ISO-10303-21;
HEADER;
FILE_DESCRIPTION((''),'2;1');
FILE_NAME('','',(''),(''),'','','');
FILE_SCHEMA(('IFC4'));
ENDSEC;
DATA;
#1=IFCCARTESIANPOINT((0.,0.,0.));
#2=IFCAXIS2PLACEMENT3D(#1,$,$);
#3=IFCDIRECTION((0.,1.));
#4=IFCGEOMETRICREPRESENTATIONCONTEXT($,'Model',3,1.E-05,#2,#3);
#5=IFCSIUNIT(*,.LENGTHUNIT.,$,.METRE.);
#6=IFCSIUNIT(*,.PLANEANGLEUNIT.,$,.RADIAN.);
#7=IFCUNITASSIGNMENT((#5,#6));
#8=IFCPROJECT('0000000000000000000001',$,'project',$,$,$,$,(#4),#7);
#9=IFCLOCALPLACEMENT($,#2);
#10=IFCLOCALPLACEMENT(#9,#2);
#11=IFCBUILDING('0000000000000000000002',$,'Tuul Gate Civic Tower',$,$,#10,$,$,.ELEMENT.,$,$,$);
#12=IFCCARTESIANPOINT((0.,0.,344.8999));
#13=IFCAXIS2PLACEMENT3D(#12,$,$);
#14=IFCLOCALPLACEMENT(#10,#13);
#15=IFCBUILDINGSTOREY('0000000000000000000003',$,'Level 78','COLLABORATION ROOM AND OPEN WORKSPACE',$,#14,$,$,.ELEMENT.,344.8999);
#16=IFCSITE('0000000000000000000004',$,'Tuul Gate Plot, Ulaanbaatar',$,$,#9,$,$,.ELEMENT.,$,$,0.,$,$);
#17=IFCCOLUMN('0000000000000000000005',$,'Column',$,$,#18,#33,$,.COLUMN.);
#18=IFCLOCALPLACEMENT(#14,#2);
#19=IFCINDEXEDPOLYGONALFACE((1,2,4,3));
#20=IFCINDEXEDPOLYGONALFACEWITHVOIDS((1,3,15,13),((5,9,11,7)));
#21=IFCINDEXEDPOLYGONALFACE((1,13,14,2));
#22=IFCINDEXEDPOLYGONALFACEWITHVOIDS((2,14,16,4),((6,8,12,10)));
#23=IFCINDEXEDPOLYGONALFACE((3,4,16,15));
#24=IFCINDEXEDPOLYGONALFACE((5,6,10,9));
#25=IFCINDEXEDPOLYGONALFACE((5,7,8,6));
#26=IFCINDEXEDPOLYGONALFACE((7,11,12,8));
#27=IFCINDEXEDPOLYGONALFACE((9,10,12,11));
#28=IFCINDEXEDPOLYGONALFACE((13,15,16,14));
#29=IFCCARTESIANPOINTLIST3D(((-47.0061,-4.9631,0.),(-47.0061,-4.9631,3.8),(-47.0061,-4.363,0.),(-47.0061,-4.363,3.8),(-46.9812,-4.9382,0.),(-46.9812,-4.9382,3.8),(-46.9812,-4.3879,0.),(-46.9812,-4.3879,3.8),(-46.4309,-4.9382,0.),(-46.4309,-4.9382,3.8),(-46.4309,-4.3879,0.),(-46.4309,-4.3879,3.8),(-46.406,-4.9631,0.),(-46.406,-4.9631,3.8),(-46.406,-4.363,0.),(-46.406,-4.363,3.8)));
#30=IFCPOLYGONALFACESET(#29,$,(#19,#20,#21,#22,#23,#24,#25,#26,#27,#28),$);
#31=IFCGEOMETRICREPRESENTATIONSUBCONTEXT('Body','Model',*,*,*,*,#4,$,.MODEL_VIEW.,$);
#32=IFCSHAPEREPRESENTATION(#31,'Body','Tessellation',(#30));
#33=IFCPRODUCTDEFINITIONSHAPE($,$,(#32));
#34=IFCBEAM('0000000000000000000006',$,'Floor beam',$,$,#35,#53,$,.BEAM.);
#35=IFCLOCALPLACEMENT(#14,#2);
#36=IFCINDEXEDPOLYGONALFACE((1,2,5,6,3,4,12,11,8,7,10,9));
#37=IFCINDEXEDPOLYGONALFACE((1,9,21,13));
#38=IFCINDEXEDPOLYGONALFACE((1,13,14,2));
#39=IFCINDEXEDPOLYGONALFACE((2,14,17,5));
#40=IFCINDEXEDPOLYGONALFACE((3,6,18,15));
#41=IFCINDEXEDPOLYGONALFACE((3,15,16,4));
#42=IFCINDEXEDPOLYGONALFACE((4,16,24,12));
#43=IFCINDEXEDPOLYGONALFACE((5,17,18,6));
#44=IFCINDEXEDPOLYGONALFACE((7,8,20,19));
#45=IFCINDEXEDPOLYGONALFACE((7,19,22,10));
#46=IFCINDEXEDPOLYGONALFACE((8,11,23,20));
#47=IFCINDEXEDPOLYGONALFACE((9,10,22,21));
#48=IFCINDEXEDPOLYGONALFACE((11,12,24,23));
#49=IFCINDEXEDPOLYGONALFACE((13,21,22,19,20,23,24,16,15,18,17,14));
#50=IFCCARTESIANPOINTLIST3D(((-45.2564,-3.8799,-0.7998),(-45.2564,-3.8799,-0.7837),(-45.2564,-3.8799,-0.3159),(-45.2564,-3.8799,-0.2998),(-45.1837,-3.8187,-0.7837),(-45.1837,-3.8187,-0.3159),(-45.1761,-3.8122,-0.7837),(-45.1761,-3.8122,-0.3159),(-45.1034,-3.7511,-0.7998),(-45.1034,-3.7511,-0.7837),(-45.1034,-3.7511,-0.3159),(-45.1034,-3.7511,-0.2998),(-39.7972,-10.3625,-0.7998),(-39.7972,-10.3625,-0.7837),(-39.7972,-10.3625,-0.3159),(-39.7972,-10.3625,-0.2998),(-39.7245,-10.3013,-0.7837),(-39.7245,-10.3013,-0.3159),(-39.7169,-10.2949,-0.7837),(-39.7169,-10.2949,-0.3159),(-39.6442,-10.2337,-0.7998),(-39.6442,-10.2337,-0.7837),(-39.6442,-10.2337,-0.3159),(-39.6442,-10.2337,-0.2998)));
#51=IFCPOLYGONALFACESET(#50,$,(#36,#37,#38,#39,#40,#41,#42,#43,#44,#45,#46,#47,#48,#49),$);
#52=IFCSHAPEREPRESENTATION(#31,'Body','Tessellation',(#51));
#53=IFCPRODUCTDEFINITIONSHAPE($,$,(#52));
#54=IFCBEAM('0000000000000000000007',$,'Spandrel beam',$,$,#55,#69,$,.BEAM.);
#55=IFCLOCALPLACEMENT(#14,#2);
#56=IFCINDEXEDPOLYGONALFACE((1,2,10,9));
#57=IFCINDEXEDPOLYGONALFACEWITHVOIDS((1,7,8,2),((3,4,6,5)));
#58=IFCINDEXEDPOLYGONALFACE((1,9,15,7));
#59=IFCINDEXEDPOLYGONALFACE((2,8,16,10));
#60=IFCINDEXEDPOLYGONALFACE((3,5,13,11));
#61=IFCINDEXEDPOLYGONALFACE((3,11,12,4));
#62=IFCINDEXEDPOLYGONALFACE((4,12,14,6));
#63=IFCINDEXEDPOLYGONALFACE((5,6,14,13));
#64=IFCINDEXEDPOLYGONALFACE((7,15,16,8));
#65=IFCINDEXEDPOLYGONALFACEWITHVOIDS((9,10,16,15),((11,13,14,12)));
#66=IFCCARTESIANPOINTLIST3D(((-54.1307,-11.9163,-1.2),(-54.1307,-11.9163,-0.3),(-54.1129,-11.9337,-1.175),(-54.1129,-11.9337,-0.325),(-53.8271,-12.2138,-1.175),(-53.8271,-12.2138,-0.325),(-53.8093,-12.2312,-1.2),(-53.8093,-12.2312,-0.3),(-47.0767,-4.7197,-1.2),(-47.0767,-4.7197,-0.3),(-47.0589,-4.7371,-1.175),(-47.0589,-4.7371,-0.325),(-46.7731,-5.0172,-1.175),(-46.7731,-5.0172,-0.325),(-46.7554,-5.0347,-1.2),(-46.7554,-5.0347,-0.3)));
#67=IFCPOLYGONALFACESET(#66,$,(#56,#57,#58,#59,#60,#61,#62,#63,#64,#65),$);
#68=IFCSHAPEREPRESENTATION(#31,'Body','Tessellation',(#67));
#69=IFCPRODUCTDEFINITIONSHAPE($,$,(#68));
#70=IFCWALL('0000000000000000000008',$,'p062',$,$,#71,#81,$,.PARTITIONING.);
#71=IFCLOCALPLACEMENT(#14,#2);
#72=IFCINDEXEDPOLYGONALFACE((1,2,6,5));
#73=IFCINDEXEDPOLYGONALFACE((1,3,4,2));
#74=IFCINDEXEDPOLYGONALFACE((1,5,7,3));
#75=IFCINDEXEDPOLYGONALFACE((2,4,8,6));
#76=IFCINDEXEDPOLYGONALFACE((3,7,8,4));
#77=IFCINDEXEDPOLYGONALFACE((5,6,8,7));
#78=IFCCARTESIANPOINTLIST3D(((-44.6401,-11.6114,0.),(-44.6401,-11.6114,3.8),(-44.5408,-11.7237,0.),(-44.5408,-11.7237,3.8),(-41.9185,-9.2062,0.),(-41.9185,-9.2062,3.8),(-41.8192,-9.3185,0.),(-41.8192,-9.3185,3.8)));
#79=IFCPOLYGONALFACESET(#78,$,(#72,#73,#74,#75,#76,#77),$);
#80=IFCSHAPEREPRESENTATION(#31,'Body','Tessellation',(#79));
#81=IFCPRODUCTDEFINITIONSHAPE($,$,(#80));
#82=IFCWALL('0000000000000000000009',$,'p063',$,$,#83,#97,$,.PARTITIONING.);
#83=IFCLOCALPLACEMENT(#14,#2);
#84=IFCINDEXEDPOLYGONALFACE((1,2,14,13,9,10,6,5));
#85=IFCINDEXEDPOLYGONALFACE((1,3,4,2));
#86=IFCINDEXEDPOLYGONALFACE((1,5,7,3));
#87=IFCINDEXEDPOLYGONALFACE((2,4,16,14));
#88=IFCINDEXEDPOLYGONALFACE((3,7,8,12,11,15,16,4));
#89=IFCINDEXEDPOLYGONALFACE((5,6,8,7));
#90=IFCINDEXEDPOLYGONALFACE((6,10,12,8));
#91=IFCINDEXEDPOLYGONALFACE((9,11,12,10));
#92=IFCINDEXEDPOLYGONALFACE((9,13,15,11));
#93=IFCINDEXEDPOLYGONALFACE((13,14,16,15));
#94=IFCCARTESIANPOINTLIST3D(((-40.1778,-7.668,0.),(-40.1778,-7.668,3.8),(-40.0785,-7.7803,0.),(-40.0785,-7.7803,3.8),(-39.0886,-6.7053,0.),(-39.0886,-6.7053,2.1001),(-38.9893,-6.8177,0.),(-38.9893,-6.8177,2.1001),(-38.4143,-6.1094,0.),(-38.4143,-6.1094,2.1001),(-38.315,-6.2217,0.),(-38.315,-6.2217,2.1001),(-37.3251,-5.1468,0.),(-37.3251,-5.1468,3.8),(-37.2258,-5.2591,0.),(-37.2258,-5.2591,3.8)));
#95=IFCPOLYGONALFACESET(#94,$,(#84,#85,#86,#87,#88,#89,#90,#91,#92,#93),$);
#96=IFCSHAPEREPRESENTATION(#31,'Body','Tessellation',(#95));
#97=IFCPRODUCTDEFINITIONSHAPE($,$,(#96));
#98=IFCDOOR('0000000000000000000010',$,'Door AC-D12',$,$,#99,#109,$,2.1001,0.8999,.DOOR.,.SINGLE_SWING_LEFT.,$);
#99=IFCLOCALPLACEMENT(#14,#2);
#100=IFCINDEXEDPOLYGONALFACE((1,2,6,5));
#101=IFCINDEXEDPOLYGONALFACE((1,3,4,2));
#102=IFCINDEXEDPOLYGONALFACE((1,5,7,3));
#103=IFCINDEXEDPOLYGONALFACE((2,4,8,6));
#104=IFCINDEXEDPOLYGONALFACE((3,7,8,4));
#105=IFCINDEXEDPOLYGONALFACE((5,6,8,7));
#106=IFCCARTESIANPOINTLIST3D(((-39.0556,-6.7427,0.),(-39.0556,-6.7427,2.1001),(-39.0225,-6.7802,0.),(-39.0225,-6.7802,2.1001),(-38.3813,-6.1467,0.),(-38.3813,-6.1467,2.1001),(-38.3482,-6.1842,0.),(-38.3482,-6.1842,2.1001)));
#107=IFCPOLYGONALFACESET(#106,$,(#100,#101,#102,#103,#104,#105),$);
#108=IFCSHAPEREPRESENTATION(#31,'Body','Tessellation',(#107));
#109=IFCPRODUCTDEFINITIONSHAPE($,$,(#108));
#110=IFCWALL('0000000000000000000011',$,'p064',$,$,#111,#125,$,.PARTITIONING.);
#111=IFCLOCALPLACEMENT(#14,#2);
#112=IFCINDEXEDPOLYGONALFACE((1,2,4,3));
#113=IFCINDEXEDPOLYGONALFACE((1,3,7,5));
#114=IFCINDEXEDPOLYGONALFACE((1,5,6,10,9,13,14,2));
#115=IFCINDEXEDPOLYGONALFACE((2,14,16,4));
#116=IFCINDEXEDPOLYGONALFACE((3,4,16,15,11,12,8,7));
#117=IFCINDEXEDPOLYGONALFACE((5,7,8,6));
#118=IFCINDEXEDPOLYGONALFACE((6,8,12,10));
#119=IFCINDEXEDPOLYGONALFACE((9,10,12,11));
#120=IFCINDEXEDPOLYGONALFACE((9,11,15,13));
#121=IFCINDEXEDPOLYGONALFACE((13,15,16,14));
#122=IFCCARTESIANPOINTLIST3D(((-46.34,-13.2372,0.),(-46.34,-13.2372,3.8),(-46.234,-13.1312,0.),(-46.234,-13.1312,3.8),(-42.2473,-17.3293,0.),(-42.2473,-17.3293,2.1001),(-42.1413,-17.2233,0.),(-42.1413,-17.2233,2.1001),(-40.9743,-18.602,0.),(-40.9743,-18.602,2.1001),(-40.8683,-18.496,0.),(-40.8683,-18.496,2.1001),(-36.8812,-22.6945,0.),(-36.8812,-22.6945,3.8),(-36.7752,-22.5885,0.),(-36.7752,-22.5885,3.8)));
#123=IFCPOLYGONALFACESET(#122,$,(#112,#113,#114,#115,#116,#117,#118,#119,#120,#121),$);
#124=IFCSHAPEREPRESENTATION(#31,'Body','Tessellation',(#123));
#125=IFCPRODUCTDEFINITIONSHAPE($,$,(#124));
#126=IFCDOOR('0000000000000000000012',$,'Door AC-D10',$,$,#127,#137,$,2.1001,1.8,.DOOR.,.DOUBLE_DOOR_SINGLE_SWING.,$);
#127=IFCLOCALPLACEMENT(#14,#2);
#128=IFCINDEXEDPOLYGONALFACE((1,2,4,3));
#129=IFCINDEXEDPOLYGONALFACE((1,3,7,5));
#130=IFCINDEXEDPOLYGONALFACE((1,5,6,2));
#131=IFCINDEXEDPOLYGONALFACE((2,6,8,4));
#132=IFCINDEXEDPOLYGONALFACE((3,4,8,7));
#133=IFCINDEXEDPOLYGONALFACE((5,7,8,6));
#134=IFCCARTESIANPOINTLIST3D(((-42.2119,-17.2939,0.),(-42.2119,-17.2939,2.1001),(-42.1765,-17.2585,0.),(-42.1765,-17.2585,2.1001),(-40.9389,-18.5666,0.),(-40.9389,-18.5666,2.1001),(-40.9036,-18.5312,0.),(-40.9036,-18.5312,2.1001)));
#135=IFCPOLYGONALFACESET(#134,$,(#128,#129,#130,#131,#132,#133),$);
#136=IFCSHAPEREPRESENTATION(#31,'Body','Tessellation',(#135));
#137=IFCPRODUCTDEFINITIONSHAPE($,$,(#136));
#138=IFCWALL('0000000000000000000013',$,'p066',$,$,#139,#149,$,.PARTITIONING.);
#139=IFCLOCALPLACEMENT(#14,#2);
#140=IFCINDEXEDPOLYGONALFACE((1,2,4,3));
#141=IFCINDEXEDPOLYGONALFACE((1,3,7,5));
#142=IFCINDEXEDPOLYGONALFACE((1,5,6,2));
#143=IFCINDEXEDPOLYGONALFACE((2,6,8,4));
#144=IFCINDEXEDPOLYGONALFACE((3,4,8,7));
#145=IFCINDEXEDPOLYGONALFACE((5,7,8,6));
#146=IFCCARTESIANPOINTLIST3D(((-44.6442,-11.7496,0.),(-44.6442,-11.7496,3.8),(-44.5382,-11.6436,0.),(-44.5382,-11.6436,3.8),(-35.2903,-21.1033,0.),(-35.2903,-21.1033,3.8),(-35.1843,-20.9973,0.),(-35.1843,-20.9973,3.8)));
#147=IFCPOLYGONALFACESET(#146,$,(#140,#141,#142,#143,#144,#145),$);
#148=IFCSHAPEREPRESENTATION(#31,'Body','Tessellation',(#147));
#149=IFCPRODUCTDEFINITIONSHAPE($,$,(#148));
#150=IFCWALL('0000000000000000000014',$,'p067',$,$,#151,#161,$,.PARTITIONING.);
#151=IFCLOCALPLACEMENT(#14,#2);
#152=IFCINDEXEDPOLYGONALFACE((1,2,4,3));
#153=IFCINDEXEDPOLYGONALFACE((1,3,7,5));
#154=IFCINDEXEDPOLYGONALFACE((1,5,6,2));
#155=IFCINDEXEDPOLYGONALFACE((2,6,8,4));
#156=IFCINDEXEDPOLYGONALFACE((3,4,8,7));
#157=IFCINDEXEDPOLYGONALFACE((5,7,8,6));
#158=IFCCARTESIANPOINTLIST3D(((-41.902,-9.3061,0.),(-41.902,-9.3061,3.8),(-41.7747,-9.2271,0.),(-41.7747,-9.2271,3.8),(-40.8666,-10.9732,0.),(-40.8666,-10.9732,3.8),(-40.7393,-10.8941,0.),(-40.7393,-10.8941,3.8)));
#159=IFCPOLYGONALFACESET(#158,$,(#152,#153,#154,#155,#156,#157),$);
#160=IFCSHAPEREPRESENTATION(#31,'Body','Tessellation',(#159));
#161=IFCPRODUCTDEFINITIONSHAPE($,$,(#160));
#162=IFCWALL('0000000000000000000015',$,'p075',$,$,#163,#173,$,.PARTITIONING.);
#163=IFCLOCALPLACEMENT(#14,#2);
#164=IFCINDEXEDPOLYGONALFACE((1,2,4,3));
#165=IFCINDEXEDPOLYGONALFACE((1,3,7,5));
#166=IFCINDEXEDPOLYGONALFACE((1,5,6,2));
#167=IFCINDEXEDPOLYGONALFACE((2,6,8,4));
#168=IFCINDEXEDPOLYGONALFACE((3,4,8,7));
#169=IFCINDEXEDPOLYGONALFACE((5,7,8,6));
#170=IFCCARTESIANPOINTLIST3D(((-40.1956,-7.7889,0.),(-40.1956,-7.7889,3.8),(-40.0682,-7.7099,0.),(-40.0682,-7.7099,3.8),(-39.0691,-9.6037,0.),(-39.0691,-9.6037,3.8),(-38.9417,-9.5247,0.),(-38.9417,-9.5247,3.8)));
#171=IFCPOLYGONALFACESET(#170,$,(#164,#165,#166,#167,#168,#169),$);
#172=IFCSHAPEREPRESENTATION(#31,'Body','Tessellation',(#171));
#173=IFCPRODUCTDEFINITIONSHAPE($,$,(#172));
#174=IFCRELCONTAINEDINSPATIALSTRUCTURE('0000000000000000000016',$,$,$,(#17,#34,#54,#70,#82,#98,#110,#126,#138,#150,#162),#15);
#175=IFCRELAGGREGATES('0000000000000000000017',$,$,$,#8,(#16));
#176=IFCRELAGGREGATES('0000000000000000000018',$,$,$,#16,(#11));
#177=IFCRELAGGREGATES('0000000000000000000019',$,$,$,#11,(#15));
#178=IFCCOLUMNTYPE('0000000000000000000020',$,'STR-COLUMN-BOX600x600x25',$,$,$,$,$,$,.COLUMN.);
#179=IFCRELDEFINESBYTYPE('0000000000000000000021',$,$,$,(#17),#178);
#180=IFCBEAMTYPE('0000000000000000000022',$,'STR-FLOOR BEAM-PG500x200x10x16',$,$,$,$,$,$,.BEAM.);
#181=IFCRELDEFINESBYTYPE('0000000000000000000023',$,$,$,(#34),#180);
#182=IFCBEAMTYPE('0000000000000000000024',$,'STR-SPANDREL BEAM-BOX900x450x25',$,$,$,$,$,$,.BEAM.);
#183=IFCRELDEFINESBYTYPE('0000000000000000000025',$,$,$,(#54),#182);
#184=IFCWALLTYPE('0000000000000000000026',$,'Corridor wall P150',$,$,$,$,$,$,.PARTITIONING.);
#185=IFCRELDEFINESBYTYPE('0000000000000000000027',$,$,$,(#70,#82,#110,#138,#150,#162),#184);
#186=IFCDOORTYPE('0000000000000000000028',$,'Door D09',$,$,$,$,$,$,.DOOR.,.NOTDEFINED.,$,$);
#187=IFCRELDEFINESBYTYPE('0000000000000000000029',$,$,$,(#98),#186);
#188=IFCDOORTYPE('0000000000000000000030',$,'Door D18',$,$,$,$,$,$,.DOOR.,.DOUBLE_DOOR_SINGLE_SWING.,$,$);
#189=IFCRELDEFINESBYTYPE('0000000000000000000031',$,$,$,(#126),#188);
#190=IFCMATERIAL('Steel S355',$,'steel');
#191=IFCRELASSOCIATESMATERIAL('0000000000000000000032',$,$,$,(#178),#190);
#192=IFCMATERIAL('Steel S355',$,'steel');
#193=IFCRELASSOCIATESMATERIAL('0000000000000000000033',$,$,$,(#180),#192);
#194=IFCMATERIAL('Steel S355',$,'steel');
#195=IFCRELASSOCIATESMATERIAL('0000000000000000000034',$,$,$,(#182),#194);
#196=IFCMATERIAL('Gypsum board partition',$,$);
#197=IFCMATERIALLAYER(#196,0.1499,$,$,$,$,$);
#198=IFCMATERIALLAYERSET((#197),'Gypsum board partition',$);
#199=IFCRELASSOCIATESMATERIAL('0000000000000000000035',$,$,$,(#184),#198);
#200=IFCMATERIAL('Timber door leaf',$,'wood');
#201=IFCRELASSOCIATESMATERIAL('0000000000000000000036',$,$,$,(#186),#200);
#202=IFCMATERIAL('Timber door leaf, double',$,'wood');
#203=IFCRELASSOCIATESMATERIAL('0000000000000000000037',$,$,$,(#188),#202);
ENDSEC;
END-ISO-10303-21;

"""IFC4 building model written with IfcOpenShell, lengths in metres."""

from ifc_helpers import new_model, si_unit, direction, frame, frame_2d, origin, origin_2d, place, context, subcontext, project, spatial, rectangle, hollow_rectangle, i_section, extrude, material, layer, layer_set, material_profile, profile_set, type_object, element, fill, save


model = new_model("IFC4")

# Units and contexts
model_context = context("Model", 3, precision=1e-05, world=origin(), true_north=direction((0.0, 1.0)))
body_context = subcontext(model_context, "Body", "Model", "MODEL_VIEW")
ifc_project = project(units=[si_unit("LENGTHUNIT", "METRE"), si_unit("PLANEANGLEUNIT", "RADIAN")], contexts=[model_context])

# Site, building, storey
site_placement = place(None, origin())
site = spatial("IfcSite", under=ifc_project, at=site_placement, Name="Tuul Gate Plot, Ulaanbaatar", CompositionType="ELEMENT", RefElevation=0.0)
building_placement = place(site_placement, origin())
building = spatial("IfcBuilding", under=site, at=building_placement, Name="Tuul Gate Civic Tower", CompositionType="ELEMENT")
storey_placement = place(building_placement, frame((0.0, 0.0, 344.8999)))
storey = spatial("IfcBuildingStorey", under=building, at=storey_placement, Name="Level 78", Description="COLLABORATION ROOM AND OPEN WORKSPACE", CompositionType="ELEMENT", Elevation=344.8999)

# Column
ifc_material_1 = material(Name="Steel S355", Category="steel")
ifc_material_profile_1 = material_profile(ifc_material_1, hollow_rectangle(XDim=0.6001, YDim=0.6001, WallThickness=0.0249, at=origin_2d()), Name="BOX600x600x25")
ifc_profile_set_1 = profile_set([ifc_material_profile_1], Name="Steel S355")
column_type = type_object("IfcColumnType", Name="STR-COLUMN-BOX600x600x25", PredefinedType="COLUMN", material=ifc_profile_set_1)
column_placement = place(storey_placement, frame((-46.7061, -4.6631, 0.0), z_axis=(0.0, 0.0, 1.0), x_axis=(1.0, 0.0, 0.0)))
element("IfcColumn", 1, at=column_placement, inside=storey, type_object=column_type, Name="Column", PredefinedType="COLUMN", context=body_context, shape_type="SweptSolid", body=[
    extrude(hollow_rectangle(XDim=0.6001, YDim=0.6001, WallThickness=0.0249, at=origin_2d()), origin(), (0.0, 0.0, 1.0), 3.8),
])

# Beams
ifc_material_2 = material(Name="Steel S355", Category="steel")
ifc_material_profile_2 = material_profile(ifc_material_2, i_section(OverallWidth=0.2, OverallDepth=0.5, WebThickness=0.01, FlangeThickness=0.0161, at=origin_2d()), Name="PG500x200x10x16")
ifc_profile_set_2 = profile_set([ifc_material_profile_2], Name="Steel S355")
beam_type_1 = type_object("IfcBeamType", Name="STR-FLOOR BEAM-PG500x200x10x16", PredefinedType="BEAM", material=ifc_profile_set_2)
beam_1_placement = place(storey_placement, frame((-39.7207, -10.2981, -0.5498), z_axis=(-0.644146, 0.764903, 0.0), x_axis=(-0.764903, -0.644146, 0.0)))
element("IfcBeam", 2, at=beam_1_placement, inside=storey, type_object=beam_type_1, Name="Floor beam", PredefinedType="BEAM", context=body_context, shape_type="SweptSolid", body=[
    extrude(i_section(OverallWidth=0.2, OverallDepth=0.5, WebThickness=0.01, FlangeThickness=0.0161, at=origin_2d()), origin(), (0.0, 0.0, 1.0), 8.4751),
])
ifc_material_3 = material(Name="Steel S355", Category="steel")
ifc_material_profile_3 = material_profile(ifc_material_3, hollow_rectangle(XDim=0.45, YDim=0.8999, WallThickness=0.0249, at=origin_2d()), Name="BOX900x450x25")
ifc_profile_set_3 = profile_set([ifc_material_profile_3], Name="Steel S355")
beam_type_2 = type_object("IfcBeamType", Name="STR-SPANDREL BEAM-BOX900x450x25", PredefinedType="BEAM", material=ifc_profile_set_3)
beam_2_placement = place(storey_placement, frame((-46.916, -4.8772, -0.75), z_axis=(-0.699997, -0.714146, 0.0), x_axis=(0.714146, -0.699997, 0.0)))
element("IfcBeam", 3, at=beam_2_placement, inside=storey, type_object=beam_type_2, Name="Spandrel beam", PredefinedType="BEAM", context=body_context, shape_type="SweptSolid", body=[
    extrude(hollow_rectangle(XDim=0.45, YDim=0.8999, WallThickness=0.0249, at=origin_2d()), origin(), (0.0, 0.0, 1.0), 10.0771),
])

# Wall
ifc_material_4 = material(Name="Gypsum board partition")
ifc_layer_1 = layer(ifc_material_4, 0.1499)
ifc_layer_set_1 = layer_set([ifc_layer_1], Name="Gypsum board partition")
wall_type_1 = type_object("IfcWallType", Name="Corridor wall P150", PredefinedType="PARTITIONING", material=ifc_layer_set_1)
wall_1_placement = place(storey_placement, frame((-44.5903, -11.6675, 0.0), z_axis=(0.0, 0.0, 1.0), x_axis=(0.74932, 0.662208, 0.0)))
element("IfcWall", 4, at=wall_1_placement, inside=storey, type_object=wall_type_1, Name="p062", PredefinedType="PARTITIONING", context=body_context, shape_type="SweptSolid", body=[
    extrude(rectangle(XDim=3.6321, YDim=0.1499, at=frame_2d((1.8159, 0.0))), origin(), (0.0, 0.0, 1.0), 3.8),
])

# Walls, openings, doors
wall_2_placement = place(storey_placement, frame((-40.1282, -7.7241, 0.0), z_axis=(0.0, 0.0, 1.0), x_axis=(0.749306, 0.662224, 0.0)))
wall_2 = element("IfcWall", 5, at=wall_2_placement, inside=storey, type_object=wall_type_1, Name="p063", PredefinedType="PARTITIONING", context=body_context, shape_type="SweptSolid", body=[
    extrude(rectangle(XDim=3.8071, YDim=0.1499, at=frame_2d((1.9036, 0.0))), origin(), (0.0, 0.0, 1.0), 3.8),
])
opening_1_placement = place(wall_2_placement, frame((1.4536, 0.0, 0.0)))
opening_1 = element("IfcOpeningElement", 6, at=opening_1_placement, cuts=wall_2, PredefinedType="OPENING", context=body_context, shape_type="SweptSolid", body=[
    extrude(rectangle(XDim=0.8999, YDim=2.1001, at=frame_2d((0.45, 1.05))), frame((0.0, 0.085, 0.0), z_axis=(0.0, -1.0, 0.0), x_axis=(1.0, 0.0, 0.0)), (0.0, 0.0, 1.0), 0.1699),
])
ifc_material_5 = material(Name="Timber door leaf", Category="wood")
door_type_1 = type_object("IfcDoorType", Name="Door D09", OperationType="NOTDEFINED", PredefinedType="DOOR", material=ifc_material_5)
door_1_placement = place(opening_1_placement, frame((0.8999, 0.0, 0.0), z_axis=(0.0, 0.0, 1.0), x_axis=(-1.0, 0.0, 0.0)))
door_1 = element("IfcDoor", 7, at=door_1_placement, inside=storey, type_object=door_type_1, Name="Door AC-D12", OperationType="SINGLE_SWING_LEFT", OverallHeight=2.1001, OverallWidth=0.8999, PredefinedType="DOOR", context=body_context, shape_type="SweptSolid", body=[
    extrude(rectangle(XDim=0.8999, YDim=2.1001, at=frame_2d((0.45, 1.05))), frame((0.0, 0.0249, 0.0), z_axis=(0.0, -1.0, 0.0), x_axis=(1.0, 0.0, 0.0)), (0.0, 0.0, 1.0), 0.05),
])
fill(opening_1, door_1)
wall_3_placement = place(storey_placement, frame((-46.2871, -13.1841, 0.0), z_axis=(0.0, 0.0, 1.0), x_axis=(0.707162, -0.707052, 0.0)))
wall_3 = element("IfcWall", 8, at=wall_3_placement, inside=storey, type_object=wall_type_1, Name="p064", PredefinedType="PARTITIONING", context=body_context, shape_type="SweptSolid", body=[
    extrude(rectangle(XDim=13.3757, YDim=0.1499, at=frame_2d((6.688, 0.0))), origin(), (0.0, 0.0, 1.0), 3.8),
])
opening_2_placement = place(wall_3_placement, frame((5.7878, 0.0, 0.0)))
opening_2 = element("IfcOpeningElement", 9, at=opening_2_placement, cuts=wall_3, PredefinedType="OPENING", context=body_context, shape_type="SweptSolid", body=[
    extrude(rectangle(XDim=1.8, YDim=2.1001, at=frame_2d((0.8999, 1.05))), frame((0.0, 0.085, 0.0), z_axis=(0.0, -1.0, 0.0), x_axis=(1.0, 0.0, 0.0)), (0.0, 0.0, 1.0), 0.1699),
])
ifc_material_6 = material(Name="Timber door leaf, double", Category="wood")
door_type_2 = type_object("IfcDoorType", Name="Door D18", OperationType="DOUBLE_DOOR_SINGLE_SWING", PredefinedType="DOOR", material=ifc_material_6)
door_2_placement = place(opening_2_placement, frame((1.8, 0.0, 0.0), z_axis=(0.0, 0.0, 1.0), x_axis=(-1.0, 0.0, 0.0)))
door_2 = element("IfcDoor", 10, at=door_2_placement, inside=storey, type_object=door_type_2, Name="Door AC-D10", OperationType="DOUBLE_DOOR_SINGLE_SWING", OverallHeight=2.1001, OverallWidth=1.8, PredefinedType="DOOR", context=body_context, shape_type="SweptSolid", body=[
    extrude(rectangle(XDim=1.8, YDim=2.1001, at=frame_2d((0.9001, 1.05))), frame((0.0, 0.0249, 0.0), z_axis=(0.0, -1.0, 0.0), x_axis=(1.0, 0.0, 0.0)), (0.0, 0.0, 1.0), 0.05),
])
fill(opening_2, door_2)

# Walls
wall_4_placement = place(storey_placement, frame((-44.5913, -11.6965, 0.0), z_axis=(0.0, 0.0, 1.0), x_axis=(0.707116, -0.707098, 0.0)))
element("IfcWall", 11, at=wall_4_placement, inside=storey, type_object=wall_type_1, Name="p066", PredefinedType="PARTITIONING", context=body_context, shape_type="SweptSolid", body=[
    extrude(rectangle(XDim=13.2283, YDim=0.1499, at=frame_2d((6.6143, 0.0))), origin(), (0.0, 0.0, 1.0), 3.8),
])
wall_5_placement = place(storey_placement, frame((-41.8384, -9.2666, 0.0), z_axis=(0.0, 0.0, 1.0), x_axis=(0.527626, -0.849477, 0.0)))
element("IfcWall", 12, at=wall_5_placement, inside=storey, type_object=wall_type_1, Name="p067", PredefinedType="PARTITIONING", context=body_context, shape_type="SweptSolid", body=[
    extrude(rectangle(XDim=1.9624, YDim=0.1499, at=frame_2d((0.9812, 0.0))), origin(), (0.0, 0.0, 1.0), 3.8),
])
wall_6_placement = place(storey_placement, frame((-40.1318, -7.7495, 0.0), z_axis=(0.0, 0.0, 1.0), x_axis=(0.527397, -0.849619, 0.0)))
element("IfcWall", 13, at=wall_6_placement, inside=storey, type_object=wall_type_1, Name="p075", PredefinedType="PARTITIONING", context=body_context, shape_type="SweptSolid", body=[
    extrude(rectangle(XDim=2.136, YDim=0.1499, at=frame_2d((1.0679, 0.0))), origin(), (0.0, 0.0, 1.0), 3.8),
])

save(model, "model.ifc")
